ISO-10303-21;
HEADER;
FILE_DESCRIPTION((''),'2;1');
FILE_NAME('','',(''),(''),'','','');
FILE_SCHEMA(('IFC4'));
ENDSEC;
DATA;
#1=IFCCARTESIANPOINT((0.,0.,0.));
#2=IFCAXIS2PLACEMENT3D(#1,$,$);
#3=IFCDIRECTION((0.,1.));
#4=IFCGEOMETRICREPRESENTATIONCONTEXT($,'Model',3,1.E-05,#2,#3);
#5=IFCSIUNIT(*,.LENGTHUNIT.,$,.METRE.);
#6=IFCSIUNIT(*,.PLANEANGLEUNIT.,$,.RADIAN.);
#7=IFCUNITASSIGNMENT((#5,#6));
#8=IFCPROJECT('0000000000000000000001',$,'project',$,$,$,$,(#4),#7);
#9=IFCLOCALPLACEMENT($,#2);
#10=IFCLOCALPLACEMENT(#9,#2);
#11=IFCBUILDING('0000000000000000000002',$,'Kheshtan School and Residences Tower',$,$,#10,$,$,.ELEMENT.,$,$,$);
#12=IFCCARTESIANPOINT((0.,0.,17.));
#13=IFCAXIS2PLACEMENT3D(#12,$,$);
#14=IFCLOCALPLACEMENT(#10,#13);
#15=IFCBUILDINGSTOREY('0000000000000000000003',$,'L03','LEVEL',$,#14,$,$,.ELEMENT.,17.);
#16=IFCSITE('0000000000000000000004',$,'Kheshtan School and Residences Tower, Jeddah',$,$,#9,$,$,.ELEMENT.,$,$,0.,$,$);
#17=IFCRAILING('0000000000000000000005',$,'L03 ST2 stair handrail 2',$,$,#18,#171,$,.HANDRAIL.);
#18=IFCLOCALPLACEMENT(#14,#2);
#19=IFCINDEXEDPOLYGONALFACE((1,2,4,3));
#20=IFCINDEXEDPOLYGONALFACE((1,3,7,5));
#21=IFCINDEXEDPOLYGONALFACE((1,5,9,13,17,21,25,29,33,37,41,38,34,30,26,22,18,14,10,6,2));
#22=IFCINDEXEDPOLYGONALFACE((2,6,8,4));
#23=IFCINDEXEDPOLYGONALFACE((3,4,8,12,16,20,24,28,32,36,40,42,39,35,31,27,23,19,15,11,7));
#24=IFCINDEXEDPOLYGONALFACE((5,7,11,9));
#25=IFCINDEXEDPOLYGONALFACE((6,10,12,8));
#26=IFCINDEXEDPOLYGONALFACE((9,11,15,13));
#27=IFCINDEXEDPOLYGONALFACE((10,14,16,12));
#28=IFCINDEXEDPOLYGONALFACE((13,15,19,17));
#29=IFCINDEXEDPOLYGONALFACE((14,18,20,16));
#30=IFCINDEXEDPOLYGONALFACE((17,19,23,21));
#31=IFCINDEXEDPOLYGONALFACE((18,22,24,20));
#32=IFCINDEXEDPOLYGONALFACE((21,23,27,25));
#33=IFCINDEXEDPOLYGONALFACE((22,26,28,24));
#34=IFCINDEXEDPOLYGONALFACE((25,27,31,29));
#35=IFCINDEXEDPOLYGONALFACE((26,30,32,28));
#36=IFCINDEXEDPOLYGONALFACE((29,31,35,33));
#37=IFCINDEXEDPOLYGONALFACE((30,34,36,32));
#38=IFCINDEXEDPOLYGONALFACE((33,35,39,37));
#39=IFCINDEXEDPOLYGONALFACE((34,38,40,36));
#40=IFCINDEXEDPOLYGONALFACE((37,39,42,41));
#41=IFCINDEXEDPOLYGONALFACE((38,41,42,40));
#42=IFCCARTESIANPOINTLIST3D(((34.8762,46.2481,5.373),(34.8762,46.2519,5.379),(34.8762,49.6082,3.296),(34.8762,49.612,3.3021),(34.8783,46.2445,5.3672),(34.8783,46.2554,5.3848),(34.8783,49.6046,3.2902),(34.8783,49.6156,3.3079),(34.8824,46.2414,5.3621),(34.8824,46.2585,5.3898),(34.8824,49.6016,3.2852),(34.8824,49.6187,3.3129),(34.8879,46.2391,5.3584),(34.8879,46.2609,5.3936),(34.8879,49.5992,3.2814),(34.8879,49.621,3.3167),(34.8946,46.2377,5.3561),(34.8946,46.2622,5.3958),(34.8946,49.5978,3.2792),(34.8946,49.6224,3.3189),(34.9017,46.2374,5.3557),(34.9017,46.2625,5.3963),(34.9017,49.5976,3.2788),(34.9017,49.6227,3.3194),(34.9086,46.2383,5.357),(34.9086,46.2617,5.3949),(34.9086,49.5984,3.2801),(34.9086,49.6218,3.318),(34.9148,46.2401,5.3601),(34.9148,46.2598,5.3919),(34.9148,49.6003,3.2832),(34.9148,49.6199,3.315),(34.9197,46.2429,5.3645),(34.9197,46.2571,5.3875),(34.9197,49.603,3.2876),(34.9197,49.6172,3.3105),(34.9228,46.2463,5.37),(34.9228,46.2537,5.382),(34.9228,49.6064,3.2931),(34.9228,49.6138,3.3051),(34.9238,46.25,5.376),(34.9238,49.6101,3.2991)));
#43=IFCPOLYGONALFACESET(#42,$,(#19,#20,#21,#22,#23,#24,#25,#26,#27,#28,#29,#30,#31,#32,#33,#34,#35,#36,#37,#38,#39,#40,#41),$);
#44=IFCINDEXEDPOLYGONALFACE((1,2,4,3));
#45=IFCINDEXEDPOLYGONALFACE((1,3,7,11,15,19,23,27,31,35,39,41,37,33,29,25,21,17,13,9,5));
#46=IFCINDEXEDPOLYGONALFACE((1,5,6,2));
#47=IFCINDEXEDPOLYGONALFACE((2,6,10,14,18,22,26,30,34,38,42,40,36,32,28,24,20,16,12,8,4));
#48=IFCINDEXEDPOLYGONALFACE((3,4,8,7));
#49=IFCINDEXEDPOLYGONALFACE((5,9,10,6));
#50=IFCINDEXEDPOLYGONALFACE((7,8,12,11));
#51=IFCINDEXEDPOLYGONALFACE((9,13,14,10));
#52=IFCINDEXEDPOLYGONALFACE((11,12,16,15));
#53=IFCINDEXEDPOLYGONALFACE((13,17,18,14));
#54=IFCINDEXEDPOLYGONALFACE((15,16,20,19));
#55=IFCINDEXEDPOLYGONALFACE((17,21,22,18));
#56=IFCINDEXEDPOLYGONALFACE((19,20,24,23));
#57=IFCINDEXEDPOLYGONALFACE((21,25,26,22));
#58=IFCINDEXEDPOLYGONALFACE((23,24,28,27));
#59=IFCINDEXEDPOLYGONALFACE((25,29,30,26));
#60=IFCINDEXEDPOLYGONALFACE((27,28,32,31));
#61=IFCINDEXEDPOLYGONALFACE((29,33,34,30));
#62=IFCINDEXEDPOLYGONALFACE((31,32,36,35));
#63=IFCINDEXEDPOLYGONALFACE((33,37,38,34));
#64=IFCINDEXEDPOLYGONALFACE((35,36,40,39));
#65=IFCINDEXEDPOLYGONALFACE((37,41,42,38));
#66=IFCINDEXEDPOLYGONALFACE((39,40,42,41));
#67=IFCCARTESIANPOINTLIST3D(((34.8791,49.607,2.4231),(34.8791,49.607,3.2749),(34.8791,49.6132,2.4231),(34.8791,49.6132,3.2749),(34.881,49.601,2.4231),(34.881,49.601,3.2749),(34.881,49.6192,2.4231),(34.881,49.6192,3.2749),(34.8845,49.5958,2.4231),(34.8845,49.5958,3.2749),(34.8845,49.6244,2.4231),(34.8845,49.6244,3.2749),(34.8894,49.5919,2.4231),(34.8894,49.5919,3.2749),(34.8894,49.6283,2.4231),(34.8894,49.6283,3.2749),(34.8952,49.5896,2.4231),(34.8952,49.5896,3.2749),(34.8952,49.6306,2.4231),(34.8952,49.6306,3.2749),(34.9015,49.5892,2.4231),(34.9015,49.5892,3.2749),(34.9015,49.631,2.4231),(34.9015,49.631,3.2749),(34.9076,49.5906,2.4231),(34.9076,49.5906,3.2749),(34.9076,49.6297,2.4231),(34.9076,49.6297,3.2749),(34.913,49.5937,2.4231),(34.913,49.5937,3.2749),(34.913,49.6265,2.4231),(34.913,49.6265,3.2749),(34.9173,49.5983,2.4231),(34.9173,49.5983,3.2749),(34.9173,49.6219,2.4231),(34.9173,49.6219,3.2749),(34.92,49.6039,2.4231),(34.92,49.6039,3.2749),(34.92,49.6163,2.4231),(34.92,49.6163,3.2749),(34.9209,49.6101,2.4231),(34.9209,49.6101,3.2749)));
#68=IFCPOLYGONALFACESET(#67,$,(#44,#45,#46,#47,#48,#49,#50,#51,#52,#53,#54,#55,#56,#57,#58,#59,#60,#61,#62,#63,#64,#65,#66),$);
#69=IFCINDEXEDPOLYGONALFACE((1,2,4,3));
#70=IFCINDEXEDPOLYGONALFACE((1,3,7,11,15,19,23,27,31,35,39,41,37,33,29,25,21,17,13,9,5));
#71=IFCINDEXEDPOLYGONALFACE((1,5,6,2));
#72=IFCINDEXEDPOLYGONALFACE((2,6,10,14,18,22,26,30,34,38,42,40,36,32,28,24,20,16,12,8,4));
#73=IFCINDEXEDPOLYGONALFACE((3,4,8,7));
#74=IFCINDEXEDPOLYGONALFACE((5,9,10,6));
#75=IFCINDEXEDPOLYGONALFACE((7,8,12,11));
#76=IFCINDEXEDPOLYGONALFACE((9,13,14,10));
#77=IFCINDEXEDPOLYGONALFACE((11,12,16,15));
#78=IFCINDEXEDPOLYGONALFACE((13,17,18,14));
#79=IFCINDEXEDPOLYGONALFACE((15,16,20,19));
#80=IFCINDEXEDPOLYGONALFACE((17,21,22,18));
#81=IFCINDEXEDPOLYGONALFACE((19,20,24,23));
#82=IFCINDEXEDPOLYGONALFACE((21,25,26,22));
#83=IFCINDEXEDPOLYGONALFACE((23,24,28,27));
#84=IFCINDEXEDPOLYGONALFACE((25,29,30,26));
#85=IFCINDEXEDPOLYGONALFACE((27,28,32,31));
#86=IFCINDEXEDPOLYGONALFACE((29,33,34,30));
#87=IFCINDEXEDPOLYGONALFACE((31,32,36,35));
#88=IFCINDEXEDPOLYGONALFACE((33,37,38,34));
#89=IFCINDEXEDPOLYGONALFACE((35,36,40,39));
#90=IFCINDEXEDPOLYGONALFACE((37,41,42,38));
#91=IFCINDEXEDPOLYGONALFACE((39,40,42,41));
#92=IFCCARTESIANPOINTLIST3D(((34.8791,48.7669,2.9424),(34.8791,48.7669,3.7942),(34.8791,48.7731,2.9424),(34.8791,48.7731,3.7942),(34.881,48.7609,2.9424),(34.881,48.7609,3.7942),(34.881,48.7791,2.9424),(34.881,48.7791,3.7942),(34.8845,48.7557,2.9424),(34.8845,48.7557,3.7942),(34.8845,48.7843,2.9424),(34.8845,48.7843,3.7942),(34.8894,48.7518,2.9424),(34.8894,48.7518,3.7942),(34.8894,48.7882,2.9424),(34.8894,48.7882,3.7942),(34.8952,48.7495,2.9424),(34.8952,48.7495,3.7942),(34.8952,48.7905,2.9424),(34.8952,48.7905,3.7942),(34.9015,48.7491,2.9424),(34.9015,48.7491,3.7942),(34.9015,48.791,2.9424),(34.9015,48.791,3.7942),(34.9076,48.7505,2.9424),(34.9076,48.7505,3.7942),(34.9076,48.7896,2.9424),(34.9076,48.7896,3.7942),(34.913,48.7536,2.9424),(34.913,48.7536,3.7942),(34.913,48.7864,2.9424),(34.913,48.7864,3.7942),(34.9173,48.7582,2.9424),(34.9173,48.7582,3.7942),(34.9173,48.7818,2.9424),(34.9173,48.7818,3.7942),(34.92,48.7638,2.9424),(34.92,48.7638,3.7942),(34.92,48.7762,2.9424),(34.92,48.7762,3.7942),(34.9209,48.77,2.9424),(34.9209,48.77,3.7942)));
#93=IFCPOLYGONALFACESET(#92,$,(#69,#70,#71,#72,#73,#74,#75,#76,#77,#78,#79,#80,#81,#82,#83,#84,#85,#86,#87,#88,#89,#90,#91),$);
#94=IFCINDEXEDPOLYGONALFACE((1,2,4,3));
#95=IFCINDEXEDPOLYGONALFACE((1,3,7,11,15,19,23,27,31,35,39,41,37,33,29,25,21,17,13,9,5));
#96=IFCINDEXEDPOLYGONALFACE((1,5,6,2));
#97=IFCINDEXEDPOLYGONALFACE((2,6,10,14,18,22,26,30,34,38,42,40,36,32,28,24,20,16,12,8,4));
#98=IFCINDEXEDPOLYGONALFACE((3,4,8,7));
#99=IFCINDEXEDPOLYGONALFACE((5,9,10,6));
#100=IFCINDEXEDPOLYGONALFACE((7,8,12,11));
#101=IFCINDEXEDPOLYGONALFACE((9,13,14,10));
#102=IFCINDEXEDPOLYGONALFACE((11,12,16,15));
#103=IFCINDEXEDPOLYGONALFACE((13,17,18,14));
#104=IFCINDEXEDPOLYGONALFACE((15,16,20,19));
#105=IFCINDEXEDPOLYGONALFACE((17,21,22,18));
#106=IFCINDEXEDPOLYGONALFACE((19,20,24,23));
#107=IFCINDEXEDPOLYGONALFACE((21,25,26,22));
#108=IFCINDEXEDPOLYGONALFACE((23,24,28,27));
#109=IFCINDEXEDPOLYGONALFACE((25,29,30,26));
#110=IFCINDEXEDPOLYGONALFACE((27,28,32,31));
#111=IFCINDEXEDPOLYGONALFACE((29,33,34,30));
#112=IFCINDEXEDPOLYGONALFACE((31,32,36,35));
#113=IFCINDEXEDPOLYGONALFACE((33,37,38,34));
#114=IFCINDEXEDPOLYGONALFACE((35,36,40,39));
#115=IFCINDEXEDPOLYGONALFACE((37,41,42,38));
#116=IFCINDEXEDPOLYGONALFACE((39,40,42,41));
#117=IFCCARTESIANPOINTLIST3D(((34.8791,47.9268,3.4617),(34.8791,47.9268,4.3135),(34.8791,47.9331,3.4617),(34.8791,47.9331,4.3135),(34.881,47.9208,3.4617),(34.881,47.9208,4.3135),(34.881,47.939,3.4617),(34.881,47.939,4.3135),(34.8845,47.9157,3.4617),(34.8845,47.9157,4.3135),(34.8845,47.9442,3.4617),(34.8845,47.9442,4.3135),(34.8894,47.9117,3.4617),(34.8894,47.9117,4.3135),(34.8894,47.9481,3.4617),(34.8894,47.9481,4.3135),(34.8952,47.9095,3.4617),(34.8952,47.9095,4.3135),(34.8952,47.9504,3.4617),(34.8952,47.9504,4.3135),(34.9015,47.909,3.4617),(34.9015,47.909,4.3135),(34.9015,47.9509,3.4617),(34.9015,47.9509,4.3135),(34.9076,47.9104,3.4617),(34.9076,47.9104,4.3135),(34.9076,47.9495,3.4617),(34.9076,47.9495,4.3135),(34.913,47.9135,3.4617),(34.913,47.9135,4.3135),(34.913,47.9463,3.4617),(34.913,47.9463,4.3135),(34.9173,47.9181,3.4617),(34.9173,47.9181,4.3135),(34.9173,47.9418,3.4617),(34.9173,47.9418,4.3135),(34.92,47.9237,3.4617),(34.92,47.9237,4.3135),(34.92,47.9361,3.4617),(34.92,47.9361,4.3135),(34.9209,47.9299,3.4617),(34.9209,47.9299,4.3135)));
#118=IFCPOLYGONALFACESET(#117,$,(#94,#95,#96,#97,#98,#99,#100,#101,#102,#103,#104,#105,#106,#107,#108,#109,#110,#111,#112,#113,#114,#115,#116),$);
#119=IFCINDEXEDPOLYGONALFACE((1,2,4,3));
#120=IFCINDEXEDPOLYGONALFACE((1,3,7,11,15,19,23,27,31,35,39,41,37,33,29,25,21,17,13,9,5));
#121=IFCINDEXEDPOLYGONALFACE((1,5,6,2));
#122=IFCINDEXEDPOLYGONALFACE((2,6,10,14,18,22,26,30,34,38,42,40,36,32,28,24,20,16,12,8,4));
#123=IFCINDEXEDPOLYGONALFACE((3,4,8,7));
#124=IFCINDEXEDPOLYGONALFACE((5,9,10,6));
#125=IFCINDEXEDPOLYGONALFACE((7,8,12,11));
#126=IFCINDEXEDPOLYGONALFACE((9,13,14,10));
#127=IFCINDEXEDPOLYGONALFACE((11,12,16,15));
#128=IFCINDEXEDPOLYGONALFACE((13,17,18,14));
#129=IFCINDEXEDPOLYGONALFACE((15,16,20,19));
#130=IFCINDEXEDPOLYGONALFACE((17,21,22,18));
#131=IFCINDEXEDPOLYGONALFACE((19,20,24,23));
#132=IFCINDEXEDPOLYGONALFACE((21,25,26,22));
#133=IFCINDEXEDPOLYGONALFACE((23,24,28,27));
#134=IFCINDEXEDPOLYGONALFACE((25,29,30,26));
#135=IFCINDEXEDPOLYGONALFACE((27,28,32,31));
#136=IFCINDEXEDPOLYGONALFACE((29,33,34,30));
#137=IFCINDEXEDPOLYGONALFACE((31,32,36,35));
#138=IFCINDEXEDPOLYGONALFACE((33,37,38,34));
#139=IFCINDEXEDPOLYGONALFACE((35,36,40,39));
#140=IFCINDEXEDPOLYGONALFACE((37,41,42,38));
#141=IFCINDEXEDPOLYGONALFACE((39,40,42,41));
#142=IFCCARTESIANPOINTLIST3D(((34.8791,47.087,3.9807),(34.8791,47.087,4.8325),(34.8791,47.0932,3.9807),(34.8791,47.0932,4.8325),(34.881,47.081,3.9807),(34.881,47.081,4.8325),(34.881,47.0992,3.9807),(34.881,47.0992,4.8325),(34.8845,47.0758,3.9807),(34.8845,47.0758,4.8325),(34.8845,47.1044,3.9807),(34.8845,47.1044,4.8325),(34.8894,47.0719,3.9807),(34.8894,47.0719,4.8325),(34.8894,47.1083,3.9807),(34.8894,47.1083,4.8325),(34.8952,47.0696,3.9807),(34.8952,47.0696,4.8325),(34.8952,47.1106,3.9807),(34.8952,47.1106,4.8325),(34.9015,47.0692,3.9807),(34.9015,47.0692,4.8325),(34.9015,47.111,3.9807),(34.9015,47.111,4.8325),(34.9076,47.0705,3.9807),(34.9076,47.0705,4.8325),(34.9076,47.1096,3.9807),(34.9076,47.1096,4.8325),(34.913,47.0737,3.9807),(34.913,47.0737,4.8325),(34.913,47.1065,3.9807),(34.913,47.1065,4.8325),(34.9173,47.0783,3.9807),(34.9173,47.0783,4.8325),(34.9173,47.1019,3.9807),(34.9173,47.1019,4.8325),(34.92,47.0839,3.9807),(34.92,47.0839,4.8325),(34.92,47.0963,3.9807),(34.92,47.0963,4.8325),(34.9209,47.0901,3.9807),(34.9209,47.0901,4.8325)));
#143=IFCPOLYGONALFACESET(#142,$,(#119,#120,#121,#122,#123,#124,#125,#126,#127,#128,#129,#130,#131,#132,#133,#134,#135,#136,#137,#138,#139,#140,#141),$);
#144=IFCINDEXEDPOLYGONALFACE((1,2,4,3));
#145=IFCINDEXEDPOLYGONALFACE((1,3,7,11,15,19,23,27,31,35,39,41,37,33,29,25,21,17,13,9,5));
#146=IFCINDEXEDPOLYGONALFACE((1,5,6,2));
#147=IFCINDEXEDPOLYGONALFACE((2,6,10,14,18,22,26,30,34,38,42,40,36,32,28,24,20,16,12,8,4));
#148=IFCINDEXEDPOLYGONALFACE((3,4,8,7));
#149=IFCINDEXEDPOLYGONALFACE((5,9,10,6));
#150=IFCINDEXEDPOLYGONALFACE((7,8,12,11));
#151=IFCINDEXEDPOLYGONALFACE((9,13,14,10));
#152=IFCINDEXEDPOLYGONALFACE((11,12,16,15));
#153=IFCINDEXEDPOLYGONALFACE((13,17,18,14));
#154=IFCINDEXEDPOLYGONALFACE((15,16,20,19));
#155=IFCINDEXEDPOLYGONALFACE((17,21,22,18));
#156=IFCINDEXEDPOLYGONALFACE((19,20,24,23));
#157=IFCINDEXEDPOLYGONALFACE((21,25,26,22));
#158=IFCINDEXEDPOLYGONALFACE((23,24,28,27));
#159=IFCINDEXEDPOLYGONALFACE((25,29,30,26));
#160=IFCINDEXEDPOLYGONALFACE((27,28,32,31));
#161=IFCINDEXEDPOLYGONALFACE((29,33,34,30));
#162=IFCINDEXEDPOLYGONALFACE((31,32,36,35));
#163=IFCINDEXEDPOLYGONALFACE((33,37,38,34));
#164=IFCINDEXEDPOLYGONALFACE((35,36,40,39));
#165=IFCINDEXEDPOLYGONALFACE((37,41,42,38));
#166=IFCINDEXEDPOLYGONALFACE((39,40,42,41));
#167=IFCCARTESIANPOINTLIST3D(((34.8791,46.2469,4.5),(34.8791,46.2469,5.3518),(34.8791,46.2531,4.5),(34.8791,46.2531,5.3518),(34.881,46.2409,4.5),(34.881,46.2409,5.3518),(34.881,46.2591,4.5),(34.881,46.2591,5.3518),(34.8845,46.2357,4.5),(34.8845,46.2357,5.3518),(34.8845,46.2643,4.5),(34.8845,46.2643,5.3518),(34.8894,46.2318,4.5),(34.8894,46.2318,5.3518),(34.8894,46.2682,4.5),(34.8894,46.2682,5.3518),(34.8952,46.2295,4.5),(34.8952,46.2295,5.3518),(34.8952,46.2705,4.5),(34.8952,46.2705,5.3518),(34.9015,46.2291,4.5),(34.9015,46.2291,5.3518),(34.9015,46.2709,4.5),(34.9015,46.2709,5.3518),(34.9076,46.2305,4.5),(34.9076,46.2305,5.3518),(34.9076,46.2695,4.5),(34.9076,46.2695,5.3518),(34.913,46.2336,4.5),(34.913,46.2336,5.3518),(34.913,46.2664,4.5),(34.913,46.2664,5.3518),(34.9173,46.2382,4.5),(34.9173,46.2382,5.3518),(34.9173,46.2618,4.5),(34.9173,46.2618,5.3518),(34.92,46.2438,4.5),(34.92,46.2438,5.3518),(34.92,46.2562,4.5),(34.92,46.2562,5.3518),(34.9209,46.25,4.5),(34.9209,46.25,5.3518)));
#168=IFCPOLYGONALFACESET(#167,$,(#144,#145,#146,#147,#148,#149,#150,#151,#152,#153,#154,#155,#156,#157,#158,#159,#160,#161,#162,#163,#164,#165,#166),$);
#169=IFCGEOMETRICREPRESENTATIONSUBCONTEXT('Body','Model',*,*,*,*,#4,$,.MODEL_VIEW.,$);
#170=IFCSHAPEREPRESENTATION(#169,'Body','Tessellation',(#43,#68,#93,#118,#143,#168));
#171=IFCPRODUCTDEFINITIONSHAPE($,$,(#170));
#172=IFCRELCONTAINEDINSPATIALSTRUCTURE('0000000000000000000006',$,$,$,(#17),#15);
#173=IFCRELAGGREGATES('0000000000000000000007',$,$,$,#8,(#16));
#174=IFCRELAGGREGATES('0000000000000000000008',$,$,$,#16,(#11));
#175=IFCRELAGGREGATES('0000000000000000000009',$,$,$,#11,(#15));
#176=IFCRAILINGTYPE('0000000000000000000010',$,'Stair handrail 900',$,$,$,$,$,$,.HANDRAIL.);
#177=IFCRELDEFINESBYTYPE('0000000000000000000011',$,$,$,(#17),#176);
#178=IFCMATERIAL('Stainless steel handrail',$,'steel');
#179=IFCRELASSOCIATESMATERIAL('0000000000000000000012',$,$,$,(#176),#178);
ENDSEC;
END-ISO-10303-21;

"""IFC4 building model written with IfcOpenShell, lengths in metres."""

from ifc_helpers import new_model, si_unit, direction, frame, origin, origin_2d, place, context, subcontext, project, spatial, circle, extrude, material, type_object, element, save


model = new_model("IFC4")

# Units and contexts
model_context = context("Model", 3, precision=1e-05, world=origin(), true_north=direction((0.0, 1.0)))
body_context = subcontext(model_context, "Body", "Model", "MODEL_VIEW")
ifc_project = project(units=[si_unit("LENGTHUNIT", "METRE"), si_unit("PLANEANGLEUNIT", "RADIAN")], contexts=[model_context])

# Site, building, storey
site_placement = place(None, origin())
site = spatial("IfcSite", under=ifc_project, at=site_placement, Name="Kheshtan School and Residences Tower, Jeddah", CompositionType="ELEMENT", RefElevation=0.0)
building_placement = place(site_placement, origin())
building = spatial("IfcBuilding", under=site, at=building_placement, Name="Kheshtan School and Residences Tower", CompositionType="ELEMENT")
storey_placement = place(building_placement, frame((0.0, 0.0, 17.0)))
storey = spatial("IfcBuildingStorey", under=building, at=storey_placement, Name="L03", Description="LEVEL", CompositionType="ELEMENT", Elevation=17.0)

# Railing
ifc_material_1 = material(Name="Stainless steel handrail", Category="steel")
railing_type_1 = type_object("IfcRailingType", Name="Stair handrail 900", PredefinedType="HANDRAIL", material=ifc_material_1)
railing_1_placement = place(storey_placement, frame((34.8999, 49.6101, 2.4231)))
element("IfcRailing", 1, at=railing_1_placement, inside=storey, type_object=railing_type_1, Name="L03 ST2 stair handrail 2", PredefinedType="HANDRAIL", context=body_context, shape_type="SweptSolid", body=[
    extrude(circle(Radius=0.0239, at=origin_2d()), frame((0.0, 0.0, 0.876), z_axis=(0.0, -0.850623, 0.525776), x_axis=(1.0, 0.0, 0.0)), (0.0, 0.0, 1.0), 3.9502),
    extrude(circle(Radius=0.021, at=origin_2d()), origin(), (0.0, 0.0, 1.0), 0.8518),
    extrude(circle(Radius=0.021, at=origin_2d()), frame((0.0, -0.8401, 0.5193)), (0.0, 0.0, 1.0), 0.8518),
    extrude(circle(Radius=0.021, at=origin_2d()), frame((0.0, -1.6802, 1.0386)), (0.0, 0.0, 1.0), 0.8518),
    extrude(circle(Radius=0.021, at=origin_2d()), frame((0.0, -2.52, 1.5576)), (0.0, 0.0, 1.0), 0.8518),
    extrude(circle(Radius=0.021, at=origin_2d()), frame((0.0, -3.3601, 2.0769)), (0.0, 0.0, 1.0), 0.8518),
])

save(model, "model.ifc")
